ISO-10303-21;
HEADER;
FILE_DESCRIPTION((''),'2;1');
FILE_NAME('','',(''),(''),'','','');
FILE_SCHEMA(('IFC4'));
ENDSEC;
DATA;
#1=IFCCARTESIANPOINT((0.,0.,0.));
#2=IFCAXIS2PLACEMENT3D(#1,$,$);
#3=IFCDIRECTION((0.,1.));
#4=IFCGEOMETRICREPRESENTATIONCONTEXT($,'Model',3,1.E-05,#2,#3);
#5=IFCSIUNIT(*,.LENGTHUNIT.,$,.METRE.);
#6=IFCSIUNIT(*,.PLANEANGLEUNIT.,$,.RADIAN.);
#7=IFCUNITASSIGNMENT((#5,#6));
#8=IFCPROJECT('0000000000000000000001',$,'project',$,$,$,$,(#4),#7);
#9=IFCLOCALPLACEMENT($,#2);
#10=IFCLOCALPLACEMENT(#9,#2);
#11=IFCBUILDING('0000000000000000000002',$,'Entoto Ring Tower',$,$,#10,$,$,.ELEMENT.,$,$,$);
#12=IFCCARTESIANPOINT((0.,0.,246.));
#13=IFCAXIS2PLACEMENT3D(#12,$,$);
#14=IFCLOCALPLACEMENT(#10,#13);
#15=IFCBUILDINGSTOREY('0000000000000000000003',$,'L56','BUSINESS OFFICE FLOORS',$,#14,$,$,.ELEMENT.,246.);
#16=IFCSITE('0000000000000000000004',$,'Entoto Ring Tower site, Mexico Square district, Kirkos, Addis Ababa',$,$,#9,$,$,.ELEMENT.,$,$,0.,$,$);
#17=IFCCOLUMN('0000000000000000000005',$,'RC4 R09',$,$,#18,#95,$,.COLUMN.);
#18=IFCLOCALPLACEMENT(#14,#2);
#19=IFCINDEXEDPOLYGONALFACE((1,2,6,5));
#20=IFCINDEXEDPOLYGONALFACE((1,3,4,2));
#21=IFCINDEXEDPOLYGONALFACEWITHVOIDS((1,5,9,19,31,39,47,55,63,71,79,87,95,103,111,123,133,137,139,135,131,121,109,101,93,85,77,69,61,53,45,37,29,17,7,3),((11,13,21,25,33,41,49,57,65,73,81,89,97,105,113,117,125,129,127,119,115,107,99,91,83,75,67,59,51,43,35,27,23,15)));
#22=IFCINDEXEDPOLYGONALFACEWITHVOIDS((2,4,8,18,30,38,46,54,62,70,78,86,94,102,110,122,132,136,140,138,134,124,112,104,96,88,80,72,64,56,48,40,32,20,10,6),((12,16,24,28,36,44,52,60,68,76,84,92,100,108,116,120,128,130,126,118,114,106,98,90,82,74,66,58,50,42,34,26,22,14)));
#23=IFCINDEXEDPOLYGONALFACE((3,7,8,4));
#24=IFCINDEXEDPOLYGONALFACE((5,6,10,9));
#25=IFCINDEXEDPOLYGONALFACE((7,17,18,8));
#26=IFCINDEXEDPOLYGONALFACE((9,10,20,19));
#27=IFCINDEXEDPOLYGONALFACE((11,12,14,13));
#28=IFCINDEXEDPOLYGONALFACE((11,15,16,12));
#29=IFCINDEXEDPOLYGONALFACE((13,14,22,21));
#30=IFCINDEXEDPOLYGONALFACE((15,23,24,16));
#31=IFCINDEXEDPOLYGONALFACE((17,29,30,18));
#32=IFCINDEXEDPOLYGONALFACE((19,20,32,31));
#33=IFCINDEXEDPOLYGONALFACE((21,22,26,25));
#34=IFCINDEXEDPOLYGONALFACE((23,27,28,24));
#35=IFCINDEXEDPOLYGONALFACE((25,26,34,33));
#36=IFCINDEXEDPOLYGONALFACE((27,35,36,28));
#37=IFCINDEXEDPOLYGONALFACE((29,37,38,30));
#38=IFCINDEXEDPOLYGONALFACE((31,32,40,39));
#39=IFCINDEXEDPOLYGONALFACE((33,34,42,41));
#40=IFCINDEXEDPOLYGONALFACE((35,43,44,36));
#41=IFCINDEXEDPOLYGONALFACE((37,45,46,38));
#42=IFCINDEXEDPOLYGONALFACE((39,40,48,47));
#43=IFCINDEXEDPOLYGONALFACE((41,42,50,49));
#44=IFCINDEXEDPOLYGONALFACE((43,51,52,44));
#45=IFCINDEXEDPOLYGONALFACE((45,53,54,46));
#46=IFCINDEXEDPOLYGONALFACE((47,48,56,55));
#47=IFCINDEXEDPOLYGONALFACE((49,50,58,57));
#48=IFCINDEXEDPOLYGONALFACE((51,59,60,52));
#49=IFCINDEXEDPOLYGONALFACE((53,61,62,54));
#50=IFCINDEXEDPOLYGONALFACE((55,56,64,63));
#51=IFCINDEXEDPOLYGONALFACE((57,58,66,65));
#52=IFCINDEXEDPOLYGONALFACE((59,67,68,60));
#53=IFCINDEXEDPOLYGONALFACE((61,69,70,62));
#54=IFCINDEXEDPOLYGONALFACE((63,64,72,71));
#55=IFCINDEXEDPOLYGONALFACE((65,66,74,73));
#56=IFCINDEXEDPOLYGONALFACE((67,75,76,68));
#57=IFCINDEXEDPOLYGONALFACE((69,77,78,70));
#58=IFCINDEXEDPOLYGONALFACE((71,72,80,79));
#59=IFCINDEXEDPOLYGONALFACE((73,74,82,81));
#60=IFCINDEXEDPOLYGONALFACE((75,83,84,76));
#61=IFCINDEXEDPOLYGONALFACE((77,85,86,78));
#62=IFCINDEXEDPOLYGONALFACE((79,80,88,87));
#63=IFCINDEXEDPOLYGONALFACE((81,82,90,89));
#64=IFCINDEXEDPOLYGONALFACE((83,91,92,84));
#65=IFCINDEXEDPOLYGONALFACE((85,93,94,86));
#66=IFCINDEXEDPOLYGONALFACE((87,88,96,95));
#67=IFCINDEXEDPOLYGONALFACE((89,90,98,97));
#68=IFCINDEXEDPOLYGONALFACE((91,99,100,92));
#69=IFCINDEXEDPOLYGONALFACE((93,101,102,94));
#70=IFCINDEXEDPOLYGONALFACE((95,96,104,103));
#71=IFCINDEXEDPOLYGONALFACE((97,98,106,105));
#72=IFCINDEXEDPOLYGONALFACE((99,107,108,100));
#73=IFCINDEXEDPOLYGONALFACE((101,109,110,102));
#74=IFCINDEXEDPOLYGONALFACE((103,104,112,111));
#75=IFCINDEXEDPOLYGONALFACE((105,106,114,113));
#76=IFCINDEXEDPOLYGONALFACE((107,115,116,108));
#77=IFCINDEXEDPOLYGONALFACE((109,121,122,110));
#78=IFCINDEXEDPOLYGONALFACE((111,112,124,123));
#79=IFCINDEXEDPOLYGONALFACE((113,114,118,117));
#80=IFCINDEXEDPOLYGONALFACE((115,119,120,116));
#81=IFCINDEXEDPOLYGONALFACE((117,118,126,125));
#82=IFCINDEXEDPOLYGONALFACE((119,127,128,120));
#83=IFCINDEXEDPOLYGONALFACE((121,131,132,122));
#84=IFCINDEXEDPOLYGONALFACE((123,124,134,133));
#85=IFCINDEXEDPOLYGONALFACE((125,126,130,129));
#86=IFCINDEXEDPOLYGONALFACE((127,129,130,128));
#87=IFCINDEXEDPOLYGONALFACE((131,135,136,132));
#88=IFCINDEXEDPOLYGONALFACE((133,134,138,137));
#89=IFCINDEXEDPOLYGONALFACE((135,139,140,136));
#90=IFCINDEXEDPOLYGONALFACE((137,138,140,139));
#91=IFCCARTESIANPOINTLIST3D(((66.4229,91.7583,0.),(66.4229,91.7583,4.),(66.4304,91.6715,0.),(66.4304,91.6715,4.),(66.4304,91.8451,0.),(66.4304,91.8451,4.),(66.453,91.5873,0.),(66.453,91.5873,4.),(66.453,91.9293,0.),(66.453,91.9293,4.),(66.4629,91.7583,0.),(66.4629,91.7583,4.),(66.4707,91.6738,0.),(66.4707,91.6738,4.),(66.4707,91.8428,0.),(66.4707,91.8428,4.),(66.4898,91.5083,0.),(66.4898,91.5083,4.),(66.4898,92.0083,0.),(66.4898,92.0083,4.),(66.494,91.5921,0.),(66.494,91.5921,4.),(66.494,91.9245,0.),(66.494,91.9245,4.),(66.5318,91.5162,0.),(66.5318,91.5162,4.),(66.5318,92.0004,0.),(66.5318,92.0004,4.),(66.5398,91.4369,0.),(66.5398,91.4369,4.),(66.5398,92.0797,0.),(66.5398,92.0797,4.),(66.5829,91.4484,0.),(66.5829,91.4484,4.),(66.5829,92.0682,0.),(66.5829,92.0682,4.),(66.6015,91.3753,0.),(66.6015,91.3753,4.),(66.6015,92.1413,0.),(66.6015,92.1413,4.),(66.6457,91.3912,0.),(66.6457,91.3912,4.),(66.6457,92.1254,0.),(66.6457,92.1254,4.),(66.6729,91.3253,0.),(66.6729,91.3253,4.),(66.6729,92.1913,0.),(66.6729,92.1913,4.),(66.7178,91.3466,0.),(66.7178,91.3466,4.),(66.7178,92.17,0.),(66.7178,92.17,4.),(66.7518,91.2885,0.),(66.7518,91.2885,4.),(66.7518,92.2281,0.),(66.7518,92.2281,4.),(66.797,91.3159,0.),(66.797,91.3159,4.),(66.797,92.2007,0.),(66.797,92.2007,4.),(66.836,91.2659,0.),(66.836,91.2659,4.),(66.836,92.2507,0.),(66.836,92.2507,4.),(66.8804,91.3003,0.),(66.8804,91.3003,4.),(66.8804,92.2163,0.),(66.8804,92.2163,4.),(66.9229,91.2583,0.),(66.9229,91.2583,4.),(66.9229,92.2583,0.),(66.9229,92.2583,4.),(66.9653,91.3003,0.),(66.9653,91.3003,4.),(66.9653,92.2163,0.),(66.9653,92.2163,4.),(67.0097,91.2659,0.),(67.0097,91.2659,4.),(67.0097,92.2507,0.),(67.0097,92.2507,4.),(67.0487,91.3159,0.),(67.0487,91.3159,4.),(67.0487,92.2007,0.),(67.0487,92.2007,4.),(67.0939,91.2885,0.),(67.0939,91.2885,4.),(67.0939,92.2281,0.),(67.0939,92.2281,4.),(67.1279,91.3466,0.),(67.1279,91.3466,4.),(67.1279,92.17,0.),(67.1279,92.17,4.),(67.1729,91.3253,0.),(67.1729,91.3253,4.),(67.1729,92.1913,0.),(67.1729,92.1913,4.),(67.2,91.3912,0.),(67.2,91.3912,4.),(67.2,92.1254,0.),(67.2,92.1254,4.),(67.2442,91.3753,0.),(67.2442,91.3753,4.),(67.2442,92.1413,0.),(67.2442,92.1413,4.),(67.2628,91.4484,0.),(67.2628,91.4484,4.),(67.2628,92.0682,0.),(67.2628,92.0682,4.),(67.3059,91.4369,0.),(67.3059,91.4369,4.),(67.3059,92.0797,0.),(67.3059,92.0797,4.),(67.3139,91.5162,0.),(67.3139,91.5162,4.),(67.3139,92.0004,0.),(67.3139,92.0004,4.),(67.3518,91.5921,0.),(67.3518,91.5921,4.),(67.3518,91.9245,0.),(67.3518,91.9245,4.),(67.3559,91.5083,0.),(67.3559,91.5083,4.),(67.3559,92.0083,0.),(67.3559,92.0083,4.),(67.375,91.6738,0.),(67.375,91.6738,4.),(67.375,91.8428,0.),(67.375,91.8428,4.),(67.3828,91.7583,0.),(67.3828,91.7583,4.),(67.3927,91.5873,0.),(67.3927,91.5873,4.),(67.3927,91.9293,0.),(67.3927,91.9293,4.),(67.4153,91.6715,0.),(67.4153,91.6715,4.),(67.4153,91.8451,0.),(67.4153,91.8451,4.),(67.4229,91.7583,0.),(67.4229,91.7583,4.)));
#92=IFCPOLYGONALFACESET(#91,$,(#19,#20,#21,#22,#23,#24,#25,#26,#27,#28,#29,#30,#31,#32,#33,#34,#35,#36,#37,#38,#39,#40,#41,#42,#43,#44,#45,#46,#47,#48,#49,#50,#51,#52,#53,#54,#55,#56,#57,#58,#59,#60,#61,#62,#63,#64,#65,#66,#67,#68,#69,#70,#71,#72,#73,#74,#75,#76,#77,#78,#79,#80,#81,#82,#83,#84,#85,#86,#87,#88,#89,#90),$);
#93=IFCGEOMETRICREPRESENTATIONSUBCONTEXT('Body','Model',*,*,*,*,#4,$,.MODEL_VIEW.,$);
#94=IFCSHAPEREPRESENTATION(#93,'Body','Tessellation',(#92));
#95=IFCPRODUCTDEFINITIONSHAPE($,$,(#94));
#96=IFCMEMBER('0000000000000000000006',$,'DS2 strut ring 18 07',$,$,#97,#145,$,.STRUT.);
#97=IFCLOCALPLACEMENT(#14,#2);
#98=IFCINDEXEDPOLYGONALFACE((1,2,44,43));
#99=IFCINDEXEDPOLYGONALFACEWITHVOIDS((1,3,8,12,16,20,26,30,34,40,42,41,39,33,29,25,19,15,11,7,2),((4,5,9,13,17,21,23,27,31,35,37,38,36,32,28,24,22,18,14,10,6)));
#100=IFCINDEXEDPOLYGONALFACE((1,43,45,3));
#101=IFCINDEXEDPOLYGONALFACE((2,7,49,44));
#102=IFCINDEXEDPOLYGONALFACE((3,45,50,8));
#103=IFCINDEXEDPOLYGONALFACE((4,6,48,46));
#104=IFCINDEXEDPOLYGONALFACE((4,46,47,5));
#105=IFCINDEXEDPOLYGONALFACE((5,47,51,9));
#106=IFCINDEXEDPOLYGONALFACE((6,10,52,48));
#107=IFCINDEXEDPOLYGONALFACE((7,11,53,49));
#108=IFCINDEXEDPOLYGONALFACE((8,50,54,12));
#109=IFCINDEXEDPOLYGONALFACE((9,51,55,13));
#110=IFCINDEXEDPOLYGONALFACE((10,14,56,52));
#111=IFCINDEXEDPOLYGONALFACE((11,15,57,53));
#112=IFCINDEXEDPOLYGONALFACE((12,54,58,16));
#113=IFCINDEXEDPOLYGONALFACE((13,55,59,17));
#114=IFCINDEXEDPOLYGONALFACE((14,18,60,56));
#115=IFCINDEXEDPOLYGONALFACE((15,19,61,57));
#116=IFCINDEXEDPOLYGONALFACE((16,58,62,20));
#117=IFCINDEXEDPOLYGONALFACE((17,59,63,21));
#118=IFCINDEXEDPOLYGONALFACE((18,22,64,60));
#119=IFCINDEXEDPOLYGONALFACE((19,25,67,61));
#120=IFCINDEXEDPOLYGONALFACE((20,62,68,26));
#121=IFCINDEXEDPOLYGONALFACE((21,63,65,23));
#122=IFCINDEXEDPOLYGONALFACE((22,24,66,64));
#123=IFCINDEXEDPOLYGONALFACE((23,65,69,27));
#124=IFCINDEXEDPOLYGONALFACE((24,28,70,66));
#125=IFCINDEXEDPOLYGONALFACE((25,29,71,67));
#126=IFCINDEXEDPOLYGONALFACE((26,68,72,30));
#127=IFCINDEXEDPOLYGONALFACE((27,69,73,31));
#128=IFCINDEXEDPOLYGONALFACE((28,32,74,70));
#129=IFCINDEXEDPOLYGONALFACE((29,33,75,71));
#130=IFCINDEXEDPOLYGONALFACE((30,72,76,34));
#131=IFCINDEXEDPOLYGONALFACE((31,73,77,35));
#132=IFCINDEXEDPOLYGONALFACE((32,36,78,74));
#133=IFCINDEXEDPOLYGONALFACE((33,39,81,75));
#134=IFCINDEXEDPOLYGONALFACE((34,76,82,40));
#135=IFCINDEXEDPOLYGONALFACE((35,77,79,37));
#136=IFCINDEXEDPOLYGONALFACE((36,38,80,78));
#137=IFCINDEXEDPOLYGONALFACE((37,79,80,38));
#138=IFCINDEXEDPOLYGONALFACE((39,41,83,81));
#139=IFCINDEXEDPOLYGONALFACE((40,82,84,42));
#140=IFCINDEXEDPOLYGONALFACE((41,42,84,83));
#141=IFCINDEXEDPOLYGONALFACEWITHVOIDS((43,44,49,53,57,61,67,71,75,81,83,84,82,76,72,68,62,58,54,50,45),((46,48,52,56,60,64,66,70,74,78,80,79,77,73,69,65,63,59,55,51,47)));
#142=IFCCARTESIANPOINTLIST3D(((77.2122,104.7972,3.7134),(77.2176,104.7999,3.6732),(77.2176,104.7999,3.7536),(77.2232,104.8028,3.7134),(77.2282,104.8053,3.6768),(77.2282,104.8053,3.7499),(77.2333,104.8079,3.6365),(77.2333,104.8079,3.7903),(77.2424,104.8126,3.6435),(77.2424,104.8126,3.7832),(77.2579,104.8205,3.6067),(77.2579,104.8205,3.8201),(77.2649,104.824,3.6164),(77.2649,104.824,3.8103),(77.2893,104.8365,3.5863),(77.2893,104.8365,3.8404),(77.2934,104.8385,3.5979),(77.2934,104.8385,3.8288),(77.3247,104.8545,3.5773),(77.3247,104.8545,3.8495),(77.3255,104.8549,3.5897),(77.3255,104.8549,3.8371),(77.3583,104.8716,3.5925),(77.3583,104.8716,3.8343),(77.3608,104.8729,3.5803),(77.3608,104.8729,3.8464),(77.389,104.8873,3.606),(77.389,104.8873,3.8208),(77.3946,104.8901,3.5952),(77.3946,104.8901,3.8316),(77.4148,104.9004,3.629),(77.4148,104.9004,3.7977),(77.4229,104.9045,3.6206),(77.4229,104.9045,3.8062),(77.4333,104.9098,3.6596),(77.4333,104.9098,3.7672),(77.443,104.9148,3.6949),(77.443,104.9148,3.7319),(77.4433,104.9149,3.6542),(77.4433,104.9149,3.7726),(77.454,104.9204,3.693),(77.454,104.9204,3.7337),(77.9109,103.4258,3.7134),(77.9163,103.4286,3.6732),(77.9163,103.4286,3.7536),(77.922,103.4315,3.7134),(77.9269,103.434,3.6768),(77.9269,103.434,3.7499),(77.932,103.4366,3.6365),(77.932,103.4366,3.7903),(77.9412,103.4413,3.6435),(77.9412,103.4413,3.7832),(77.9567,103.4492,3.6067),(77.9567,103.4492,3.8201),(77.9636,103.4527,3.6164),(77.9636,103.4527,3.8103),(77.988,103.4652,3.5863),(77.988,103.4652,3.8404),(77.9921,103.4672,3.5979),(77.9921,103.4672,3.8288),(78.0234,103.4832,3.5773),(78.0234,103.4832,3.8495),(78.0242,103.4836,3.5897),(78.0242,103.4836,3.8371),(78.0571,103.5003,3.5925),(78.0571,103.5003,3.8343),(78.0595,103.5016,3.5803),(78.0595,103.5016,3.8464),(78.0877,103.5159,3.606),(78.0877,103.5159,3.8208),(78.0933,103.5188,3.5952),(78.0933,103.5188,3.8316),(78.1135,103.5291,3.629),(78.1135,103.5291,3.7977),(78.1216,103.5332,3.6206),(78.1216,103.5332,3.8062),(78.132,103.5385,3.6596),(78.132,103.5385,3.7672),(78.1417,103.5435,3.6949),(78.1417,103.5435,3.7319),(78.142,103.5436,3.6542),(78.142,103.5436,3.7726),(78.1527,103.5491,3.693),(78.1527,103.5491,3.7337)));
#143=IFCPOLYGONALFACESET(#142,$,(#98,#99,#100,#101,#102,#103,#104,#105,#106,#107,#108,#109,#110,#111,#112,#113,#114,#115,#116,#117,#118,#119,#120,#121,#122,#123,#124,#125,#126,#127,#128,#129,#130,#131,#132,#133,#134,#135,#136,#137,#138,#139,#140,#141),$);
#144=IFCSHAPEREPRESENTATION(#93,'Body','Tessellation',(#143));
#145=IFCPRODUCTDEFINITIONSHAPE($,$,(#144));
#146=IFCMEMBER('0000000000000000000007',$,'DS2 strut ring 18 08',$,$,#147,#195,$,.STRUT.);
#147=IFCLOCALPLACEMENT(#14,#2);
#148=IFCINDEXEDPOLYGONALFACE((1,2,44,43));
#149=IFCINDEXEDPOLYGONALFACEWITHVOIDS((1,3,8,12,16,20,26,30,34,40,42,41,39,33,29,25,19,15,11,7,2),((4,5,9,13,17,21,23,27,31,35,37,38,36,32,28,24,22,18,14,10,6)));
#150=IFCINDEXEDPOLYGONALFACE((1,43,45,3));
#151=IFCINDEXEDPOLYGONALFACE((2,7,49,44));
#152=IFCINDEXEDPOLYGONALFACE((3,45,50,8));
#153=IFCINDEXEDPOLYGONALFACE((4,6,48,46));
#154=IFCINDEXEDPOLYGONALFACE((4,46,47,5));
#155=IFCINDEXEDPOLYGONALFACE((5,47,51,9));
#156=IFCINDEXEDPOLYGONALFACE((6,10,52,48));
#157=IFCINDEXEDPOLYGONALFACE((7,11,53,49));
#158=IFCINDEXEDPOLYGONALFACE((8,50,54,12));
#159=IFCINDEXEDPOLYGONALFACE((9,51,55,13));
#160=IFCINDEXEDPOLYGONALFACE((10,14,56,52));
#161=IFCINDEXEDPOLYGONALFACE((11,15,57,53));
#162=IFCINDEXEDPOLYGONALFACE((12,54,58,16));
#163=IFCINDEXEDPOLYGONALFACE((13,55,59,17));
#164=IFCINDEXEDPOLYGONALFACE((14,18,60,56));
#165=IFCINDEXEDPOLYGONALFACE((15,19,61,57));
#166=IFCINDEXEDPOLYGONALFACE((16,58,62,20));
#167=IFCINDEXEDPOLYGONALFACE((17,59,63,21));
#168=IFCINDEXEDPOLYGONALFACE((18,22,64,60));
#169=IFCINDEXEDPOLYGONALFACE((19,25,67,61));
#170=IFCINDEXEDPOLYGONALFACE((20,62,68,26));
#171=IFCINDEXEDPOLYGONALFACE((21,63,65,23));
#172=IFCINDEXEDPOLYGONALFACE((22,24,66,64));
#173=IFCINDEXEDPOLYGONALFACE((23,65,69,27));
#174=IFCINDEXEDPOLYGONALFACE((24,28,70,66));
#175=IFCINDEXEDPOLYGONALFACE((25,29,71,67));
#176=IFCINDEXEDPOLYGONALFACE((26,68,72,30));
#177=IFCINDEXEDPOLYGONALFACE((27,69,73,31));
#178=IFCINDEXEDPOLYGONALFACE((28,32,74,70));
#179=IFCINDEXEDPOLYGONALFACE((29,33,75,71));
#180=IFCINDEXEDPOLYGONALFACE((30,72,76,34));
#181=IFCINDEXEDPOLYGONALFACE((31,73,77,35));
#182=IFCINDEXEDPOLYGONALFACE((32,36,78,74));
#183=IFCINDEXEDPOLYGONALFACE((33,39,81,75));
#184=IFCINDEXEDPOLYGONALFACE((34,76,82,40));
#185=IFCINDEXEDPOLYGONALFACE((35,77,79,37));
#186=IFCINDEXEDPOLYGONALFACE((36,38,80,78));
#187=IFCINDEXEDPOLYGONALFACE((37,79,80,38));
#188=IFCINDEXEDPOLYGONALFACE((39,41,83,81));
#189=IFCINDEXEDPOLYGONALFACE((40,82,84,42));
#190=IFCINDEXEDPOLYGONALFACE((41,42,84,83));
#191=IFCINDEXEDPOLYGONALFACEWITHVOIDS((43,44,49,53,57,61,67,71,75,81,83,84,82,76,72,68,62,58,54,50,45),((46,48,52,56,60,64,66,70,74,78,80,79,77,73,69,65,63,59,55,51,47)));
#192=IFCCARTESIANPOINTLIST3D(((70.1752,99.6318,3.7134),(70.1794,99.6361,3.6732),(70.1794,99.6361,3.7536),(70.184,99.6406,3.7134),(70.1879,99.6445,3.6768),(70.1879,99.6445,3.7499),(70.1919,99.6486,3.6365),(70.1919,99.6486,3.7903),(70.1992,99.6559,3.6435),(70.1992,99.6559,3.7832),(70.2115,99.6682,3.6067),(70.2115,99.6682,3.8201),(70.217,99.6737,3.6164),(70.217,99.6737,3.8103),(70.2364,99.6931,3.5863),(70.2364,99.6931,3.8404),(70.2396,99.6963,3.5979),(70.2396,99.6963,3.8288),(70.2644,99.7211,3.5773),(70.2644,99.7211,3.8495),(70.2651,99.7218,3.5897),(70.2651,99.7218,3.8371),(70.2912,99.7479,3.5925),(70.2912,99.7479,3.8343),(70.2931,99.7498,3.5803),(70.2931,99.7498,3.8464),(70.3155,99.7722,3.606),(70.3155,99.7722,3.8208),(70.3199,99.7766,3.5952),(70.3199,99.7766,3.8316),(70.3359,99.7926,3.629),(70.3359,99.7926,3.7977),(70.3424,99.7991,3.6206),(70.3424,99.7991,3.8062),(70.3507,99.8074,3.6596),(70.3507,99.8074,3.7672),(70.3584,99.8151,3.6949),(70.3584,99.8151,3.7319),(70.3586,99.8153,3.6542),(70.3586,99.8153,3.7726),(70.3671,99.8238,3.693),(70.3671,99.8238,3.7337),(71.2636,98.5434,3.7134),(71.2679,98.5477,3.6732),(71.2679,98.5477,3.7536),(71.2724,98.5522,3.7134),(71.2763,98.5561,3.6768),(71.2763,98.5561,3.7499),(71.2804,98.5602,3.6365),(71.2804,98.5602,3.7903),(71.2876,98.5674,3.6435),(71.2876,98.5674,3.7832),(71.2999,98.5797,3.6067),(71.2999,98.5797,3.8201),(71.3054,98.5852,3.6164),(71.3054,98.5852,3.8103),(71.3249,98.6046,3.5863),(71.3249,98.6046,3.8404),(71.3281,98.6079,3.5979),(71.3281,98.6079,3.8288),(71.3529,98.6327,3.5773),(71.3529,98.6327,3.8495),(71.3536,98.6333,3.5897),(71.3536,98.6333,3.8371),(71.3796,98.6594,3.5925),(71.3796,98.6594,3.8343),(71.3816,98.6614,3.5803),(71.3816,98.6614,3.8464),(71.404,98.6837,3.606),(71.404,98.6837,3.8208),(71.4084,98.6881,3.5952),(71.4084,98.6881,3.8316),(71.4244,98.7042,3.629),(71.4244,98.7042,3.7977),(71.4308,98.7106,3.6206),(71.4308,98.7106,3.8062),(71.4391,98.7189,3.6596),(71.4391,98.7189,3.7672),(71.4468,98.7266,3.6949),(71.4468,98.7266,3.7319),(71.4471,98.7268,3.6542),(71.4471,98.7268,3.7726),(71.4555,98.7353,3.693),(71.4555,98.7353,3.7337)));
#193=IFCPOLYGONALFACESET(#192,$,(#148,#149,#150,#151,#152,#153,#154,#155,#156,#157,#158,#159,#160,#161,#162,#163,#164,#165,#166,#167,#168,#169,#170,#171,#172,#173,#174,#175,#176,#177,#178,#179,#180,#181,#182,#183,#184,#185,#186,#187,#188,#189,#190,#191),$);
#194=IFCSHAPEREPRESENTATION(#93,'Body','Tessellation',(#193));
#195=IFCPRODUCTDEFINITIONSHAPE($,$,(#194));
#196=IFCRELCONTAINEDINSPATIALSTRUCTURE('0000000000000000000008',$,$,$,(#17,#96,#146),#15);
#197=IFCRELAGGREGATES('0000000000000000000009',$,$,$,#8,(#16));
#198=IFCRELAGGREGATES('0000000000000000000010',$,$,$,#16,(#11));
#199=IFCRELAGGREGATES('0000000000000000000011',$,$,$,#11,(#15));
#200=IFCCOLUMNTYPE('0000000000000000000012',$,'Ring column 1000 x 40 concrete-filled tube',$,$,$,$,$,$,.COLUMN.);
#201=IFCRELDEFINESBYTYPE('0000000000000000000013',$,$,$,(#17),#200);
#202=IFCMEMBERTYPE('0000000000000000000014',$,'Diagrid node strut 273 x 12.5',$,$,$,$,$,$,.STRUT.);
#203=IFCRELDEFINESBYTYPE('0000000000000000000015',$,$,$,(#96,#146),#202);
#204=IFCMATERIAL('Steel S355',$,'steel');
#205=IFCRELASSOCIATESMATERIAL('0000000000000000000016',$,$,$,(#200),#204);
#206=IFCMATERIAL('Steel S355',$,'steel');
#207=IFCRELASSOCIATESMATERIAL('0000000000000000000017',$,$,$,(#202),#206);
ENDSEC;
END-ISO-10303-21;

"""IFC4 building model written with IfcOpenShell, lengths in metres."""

from ifc_helpers import new_model, si_unit, direction, frame, origin, origin_2d, place, context, subcontext, project, spatial, circle, hollow_circle, extrude, material, material_profile, profile_set, type_object, element, save


model = new_model("IFC4")

# Units and contexts
model_context = context("Model", 3, precision=1e-05, world=origin(), true_north=direction((0.0, 1.0)))
body_context = subcontext(model_context, "Body", "Model", "MODEL_VIEW")
ifc_project = project(units=[si_unit("LENGTHUNIT", "METRE"), si_unit("PLANEANGLEUNIT", "RADIAN")], contexts=[model_context])

# Site, building, storey
site_placement = place(None, origin())
site = spatial("IfcSite", under=ifc_project, at=site_placement, Name="Entoto Ring Tower site, Mexico Square district, Kirkos, Addis Ababa", CompositionType="ELEMENT", RefElevation=0.0)
building_placement = place(site_placement, origin())
building = spatial("IfcBuilding", under=site, at=building_placement, Name="Entoto Ring Tower", CompositionType="ELEMENT")
storey_placement = place(building_placement, frame((0.0, 0.0, 246.0)))
storey = spatial("IfcBuildingStorey", under=building, at=storey_placement, Name="L56", Description="BUSINESS OFFICE FLOORS", CompositionType="ELEMENT", Elevation=246.0)

# Column
ifc_material_1 = material(Name="Steel S355", Category="steel")
ifc_material_profile_1 = material_profile(ifc_material_1, hollow_circle(Radius=0.5, WallThickness=0.04, at=origin_2d()), Name="CHS 1000 x 40")
ifc_material_2 = material(Name="Concrete C60/75", Category="concrete")
ifc_material_profile_2 = material_profile(ifc_material_2, circle(Radius=0.46, at=origin_2d()), Name="Concrete C60/75 infill")
ifc_profile_set_1 = profile_set([ifc_material_profile_1, ifc_material_profile_2], Name="Steel S355")
column_type = type_object("IfcColumnType", Name="Ring column 1000 x 40 concrete-filled tube", PredefinedType="COLUMN", material=ifc_profile_set_1)
for number, where, z_axis, x_axis, name in (
    (1, (66.9229, 91.7583, 0.0), (0.0, 0.0, 1.0), (1.0, 0.0, 0.0), "RC4 R09"),
):
    element("IfcColumn", number, at=place(storey_placement, frame(where, z_axis=z_axis, x_axis=x_axis)), inside=storey, type_object=column_type, Name=name, PredefinedType="COLUMN", context=body_context, shape_type="SweptSolid", body=[
        extrude(hollow_circle(Radius=0.5, WallThickness=0.04, at=origin_2d()), origin(), (0.0, 0.0, 1.0), 4.0),
    ])

# Members
ifc_material_3 = material(Name="Steel S355", Category="steel")
ifc_material_profile_3 = material_profile(ifc_material_3, hollow_circle(Radius=0.1365, WallThickness=0.0125, at=origin_2d()), Name="CHS 273 x 12.5")
ifc_material_4 = material(Name="Concrete C60/75", Category="concrete")
ifc_material_profile_4 = material_profile(ifc_material_4, circle(Radius=0.124, at=origin_2d()), Name="Concrete C60/75 infill")
ifc_profile_set_2 = profile_set([ifc_material_profile_3, ifc_material_profile_4], Name="Steel S355")
member_type = type_object("IfcMemberType", Name="Diagrid node strut 273 x 12.5", PredefinedType="STRUT", material=ifc_profile_set_2)
member_1_placement = place(storey_placement, frame((78.0325, 103.4878, 3.7134), z_axis=(-0.45399, 0.891007, 0.0), x_axis=(-0.891007, -0.45399, 0.0)))
element("IfcMember", 2, at=member_1_placement, inside=storey, type_object=member_type, Name="DS2 strut ring 18 07", PredefinedType="STRUT", context=body_context, shape_type="SweptSolid", body=[
    extrude(hollow_circle(Radius=0.1365, WallThickness=0.0125, at=origin_2d()), origin(), (0.0, 0.0, 1.0), 1.5391),
])
member_2_placement = place(storey_placement, frame((71.3601, 98.6399, 3.7134), z_axis=(-0.707107, 0.707107, 0.0), x_axis=(-0.707107, -0.707107, 0.0)))
element("IfcMember", 3, at=member_2_placement, inside=storey, type_object=member_type, Name="DS2 strut ring 18 08", PredefinedType="STRUT", context=body_context, shape_type="SweptSolid", body=[
    extrude(hollow_circle(Radius=0.1365, WallThickness=0.0125, at=origin_2d()), origin(), (0.0, 0.0, 1.0), 1.5393),
])

save(model, "model.ifc")
